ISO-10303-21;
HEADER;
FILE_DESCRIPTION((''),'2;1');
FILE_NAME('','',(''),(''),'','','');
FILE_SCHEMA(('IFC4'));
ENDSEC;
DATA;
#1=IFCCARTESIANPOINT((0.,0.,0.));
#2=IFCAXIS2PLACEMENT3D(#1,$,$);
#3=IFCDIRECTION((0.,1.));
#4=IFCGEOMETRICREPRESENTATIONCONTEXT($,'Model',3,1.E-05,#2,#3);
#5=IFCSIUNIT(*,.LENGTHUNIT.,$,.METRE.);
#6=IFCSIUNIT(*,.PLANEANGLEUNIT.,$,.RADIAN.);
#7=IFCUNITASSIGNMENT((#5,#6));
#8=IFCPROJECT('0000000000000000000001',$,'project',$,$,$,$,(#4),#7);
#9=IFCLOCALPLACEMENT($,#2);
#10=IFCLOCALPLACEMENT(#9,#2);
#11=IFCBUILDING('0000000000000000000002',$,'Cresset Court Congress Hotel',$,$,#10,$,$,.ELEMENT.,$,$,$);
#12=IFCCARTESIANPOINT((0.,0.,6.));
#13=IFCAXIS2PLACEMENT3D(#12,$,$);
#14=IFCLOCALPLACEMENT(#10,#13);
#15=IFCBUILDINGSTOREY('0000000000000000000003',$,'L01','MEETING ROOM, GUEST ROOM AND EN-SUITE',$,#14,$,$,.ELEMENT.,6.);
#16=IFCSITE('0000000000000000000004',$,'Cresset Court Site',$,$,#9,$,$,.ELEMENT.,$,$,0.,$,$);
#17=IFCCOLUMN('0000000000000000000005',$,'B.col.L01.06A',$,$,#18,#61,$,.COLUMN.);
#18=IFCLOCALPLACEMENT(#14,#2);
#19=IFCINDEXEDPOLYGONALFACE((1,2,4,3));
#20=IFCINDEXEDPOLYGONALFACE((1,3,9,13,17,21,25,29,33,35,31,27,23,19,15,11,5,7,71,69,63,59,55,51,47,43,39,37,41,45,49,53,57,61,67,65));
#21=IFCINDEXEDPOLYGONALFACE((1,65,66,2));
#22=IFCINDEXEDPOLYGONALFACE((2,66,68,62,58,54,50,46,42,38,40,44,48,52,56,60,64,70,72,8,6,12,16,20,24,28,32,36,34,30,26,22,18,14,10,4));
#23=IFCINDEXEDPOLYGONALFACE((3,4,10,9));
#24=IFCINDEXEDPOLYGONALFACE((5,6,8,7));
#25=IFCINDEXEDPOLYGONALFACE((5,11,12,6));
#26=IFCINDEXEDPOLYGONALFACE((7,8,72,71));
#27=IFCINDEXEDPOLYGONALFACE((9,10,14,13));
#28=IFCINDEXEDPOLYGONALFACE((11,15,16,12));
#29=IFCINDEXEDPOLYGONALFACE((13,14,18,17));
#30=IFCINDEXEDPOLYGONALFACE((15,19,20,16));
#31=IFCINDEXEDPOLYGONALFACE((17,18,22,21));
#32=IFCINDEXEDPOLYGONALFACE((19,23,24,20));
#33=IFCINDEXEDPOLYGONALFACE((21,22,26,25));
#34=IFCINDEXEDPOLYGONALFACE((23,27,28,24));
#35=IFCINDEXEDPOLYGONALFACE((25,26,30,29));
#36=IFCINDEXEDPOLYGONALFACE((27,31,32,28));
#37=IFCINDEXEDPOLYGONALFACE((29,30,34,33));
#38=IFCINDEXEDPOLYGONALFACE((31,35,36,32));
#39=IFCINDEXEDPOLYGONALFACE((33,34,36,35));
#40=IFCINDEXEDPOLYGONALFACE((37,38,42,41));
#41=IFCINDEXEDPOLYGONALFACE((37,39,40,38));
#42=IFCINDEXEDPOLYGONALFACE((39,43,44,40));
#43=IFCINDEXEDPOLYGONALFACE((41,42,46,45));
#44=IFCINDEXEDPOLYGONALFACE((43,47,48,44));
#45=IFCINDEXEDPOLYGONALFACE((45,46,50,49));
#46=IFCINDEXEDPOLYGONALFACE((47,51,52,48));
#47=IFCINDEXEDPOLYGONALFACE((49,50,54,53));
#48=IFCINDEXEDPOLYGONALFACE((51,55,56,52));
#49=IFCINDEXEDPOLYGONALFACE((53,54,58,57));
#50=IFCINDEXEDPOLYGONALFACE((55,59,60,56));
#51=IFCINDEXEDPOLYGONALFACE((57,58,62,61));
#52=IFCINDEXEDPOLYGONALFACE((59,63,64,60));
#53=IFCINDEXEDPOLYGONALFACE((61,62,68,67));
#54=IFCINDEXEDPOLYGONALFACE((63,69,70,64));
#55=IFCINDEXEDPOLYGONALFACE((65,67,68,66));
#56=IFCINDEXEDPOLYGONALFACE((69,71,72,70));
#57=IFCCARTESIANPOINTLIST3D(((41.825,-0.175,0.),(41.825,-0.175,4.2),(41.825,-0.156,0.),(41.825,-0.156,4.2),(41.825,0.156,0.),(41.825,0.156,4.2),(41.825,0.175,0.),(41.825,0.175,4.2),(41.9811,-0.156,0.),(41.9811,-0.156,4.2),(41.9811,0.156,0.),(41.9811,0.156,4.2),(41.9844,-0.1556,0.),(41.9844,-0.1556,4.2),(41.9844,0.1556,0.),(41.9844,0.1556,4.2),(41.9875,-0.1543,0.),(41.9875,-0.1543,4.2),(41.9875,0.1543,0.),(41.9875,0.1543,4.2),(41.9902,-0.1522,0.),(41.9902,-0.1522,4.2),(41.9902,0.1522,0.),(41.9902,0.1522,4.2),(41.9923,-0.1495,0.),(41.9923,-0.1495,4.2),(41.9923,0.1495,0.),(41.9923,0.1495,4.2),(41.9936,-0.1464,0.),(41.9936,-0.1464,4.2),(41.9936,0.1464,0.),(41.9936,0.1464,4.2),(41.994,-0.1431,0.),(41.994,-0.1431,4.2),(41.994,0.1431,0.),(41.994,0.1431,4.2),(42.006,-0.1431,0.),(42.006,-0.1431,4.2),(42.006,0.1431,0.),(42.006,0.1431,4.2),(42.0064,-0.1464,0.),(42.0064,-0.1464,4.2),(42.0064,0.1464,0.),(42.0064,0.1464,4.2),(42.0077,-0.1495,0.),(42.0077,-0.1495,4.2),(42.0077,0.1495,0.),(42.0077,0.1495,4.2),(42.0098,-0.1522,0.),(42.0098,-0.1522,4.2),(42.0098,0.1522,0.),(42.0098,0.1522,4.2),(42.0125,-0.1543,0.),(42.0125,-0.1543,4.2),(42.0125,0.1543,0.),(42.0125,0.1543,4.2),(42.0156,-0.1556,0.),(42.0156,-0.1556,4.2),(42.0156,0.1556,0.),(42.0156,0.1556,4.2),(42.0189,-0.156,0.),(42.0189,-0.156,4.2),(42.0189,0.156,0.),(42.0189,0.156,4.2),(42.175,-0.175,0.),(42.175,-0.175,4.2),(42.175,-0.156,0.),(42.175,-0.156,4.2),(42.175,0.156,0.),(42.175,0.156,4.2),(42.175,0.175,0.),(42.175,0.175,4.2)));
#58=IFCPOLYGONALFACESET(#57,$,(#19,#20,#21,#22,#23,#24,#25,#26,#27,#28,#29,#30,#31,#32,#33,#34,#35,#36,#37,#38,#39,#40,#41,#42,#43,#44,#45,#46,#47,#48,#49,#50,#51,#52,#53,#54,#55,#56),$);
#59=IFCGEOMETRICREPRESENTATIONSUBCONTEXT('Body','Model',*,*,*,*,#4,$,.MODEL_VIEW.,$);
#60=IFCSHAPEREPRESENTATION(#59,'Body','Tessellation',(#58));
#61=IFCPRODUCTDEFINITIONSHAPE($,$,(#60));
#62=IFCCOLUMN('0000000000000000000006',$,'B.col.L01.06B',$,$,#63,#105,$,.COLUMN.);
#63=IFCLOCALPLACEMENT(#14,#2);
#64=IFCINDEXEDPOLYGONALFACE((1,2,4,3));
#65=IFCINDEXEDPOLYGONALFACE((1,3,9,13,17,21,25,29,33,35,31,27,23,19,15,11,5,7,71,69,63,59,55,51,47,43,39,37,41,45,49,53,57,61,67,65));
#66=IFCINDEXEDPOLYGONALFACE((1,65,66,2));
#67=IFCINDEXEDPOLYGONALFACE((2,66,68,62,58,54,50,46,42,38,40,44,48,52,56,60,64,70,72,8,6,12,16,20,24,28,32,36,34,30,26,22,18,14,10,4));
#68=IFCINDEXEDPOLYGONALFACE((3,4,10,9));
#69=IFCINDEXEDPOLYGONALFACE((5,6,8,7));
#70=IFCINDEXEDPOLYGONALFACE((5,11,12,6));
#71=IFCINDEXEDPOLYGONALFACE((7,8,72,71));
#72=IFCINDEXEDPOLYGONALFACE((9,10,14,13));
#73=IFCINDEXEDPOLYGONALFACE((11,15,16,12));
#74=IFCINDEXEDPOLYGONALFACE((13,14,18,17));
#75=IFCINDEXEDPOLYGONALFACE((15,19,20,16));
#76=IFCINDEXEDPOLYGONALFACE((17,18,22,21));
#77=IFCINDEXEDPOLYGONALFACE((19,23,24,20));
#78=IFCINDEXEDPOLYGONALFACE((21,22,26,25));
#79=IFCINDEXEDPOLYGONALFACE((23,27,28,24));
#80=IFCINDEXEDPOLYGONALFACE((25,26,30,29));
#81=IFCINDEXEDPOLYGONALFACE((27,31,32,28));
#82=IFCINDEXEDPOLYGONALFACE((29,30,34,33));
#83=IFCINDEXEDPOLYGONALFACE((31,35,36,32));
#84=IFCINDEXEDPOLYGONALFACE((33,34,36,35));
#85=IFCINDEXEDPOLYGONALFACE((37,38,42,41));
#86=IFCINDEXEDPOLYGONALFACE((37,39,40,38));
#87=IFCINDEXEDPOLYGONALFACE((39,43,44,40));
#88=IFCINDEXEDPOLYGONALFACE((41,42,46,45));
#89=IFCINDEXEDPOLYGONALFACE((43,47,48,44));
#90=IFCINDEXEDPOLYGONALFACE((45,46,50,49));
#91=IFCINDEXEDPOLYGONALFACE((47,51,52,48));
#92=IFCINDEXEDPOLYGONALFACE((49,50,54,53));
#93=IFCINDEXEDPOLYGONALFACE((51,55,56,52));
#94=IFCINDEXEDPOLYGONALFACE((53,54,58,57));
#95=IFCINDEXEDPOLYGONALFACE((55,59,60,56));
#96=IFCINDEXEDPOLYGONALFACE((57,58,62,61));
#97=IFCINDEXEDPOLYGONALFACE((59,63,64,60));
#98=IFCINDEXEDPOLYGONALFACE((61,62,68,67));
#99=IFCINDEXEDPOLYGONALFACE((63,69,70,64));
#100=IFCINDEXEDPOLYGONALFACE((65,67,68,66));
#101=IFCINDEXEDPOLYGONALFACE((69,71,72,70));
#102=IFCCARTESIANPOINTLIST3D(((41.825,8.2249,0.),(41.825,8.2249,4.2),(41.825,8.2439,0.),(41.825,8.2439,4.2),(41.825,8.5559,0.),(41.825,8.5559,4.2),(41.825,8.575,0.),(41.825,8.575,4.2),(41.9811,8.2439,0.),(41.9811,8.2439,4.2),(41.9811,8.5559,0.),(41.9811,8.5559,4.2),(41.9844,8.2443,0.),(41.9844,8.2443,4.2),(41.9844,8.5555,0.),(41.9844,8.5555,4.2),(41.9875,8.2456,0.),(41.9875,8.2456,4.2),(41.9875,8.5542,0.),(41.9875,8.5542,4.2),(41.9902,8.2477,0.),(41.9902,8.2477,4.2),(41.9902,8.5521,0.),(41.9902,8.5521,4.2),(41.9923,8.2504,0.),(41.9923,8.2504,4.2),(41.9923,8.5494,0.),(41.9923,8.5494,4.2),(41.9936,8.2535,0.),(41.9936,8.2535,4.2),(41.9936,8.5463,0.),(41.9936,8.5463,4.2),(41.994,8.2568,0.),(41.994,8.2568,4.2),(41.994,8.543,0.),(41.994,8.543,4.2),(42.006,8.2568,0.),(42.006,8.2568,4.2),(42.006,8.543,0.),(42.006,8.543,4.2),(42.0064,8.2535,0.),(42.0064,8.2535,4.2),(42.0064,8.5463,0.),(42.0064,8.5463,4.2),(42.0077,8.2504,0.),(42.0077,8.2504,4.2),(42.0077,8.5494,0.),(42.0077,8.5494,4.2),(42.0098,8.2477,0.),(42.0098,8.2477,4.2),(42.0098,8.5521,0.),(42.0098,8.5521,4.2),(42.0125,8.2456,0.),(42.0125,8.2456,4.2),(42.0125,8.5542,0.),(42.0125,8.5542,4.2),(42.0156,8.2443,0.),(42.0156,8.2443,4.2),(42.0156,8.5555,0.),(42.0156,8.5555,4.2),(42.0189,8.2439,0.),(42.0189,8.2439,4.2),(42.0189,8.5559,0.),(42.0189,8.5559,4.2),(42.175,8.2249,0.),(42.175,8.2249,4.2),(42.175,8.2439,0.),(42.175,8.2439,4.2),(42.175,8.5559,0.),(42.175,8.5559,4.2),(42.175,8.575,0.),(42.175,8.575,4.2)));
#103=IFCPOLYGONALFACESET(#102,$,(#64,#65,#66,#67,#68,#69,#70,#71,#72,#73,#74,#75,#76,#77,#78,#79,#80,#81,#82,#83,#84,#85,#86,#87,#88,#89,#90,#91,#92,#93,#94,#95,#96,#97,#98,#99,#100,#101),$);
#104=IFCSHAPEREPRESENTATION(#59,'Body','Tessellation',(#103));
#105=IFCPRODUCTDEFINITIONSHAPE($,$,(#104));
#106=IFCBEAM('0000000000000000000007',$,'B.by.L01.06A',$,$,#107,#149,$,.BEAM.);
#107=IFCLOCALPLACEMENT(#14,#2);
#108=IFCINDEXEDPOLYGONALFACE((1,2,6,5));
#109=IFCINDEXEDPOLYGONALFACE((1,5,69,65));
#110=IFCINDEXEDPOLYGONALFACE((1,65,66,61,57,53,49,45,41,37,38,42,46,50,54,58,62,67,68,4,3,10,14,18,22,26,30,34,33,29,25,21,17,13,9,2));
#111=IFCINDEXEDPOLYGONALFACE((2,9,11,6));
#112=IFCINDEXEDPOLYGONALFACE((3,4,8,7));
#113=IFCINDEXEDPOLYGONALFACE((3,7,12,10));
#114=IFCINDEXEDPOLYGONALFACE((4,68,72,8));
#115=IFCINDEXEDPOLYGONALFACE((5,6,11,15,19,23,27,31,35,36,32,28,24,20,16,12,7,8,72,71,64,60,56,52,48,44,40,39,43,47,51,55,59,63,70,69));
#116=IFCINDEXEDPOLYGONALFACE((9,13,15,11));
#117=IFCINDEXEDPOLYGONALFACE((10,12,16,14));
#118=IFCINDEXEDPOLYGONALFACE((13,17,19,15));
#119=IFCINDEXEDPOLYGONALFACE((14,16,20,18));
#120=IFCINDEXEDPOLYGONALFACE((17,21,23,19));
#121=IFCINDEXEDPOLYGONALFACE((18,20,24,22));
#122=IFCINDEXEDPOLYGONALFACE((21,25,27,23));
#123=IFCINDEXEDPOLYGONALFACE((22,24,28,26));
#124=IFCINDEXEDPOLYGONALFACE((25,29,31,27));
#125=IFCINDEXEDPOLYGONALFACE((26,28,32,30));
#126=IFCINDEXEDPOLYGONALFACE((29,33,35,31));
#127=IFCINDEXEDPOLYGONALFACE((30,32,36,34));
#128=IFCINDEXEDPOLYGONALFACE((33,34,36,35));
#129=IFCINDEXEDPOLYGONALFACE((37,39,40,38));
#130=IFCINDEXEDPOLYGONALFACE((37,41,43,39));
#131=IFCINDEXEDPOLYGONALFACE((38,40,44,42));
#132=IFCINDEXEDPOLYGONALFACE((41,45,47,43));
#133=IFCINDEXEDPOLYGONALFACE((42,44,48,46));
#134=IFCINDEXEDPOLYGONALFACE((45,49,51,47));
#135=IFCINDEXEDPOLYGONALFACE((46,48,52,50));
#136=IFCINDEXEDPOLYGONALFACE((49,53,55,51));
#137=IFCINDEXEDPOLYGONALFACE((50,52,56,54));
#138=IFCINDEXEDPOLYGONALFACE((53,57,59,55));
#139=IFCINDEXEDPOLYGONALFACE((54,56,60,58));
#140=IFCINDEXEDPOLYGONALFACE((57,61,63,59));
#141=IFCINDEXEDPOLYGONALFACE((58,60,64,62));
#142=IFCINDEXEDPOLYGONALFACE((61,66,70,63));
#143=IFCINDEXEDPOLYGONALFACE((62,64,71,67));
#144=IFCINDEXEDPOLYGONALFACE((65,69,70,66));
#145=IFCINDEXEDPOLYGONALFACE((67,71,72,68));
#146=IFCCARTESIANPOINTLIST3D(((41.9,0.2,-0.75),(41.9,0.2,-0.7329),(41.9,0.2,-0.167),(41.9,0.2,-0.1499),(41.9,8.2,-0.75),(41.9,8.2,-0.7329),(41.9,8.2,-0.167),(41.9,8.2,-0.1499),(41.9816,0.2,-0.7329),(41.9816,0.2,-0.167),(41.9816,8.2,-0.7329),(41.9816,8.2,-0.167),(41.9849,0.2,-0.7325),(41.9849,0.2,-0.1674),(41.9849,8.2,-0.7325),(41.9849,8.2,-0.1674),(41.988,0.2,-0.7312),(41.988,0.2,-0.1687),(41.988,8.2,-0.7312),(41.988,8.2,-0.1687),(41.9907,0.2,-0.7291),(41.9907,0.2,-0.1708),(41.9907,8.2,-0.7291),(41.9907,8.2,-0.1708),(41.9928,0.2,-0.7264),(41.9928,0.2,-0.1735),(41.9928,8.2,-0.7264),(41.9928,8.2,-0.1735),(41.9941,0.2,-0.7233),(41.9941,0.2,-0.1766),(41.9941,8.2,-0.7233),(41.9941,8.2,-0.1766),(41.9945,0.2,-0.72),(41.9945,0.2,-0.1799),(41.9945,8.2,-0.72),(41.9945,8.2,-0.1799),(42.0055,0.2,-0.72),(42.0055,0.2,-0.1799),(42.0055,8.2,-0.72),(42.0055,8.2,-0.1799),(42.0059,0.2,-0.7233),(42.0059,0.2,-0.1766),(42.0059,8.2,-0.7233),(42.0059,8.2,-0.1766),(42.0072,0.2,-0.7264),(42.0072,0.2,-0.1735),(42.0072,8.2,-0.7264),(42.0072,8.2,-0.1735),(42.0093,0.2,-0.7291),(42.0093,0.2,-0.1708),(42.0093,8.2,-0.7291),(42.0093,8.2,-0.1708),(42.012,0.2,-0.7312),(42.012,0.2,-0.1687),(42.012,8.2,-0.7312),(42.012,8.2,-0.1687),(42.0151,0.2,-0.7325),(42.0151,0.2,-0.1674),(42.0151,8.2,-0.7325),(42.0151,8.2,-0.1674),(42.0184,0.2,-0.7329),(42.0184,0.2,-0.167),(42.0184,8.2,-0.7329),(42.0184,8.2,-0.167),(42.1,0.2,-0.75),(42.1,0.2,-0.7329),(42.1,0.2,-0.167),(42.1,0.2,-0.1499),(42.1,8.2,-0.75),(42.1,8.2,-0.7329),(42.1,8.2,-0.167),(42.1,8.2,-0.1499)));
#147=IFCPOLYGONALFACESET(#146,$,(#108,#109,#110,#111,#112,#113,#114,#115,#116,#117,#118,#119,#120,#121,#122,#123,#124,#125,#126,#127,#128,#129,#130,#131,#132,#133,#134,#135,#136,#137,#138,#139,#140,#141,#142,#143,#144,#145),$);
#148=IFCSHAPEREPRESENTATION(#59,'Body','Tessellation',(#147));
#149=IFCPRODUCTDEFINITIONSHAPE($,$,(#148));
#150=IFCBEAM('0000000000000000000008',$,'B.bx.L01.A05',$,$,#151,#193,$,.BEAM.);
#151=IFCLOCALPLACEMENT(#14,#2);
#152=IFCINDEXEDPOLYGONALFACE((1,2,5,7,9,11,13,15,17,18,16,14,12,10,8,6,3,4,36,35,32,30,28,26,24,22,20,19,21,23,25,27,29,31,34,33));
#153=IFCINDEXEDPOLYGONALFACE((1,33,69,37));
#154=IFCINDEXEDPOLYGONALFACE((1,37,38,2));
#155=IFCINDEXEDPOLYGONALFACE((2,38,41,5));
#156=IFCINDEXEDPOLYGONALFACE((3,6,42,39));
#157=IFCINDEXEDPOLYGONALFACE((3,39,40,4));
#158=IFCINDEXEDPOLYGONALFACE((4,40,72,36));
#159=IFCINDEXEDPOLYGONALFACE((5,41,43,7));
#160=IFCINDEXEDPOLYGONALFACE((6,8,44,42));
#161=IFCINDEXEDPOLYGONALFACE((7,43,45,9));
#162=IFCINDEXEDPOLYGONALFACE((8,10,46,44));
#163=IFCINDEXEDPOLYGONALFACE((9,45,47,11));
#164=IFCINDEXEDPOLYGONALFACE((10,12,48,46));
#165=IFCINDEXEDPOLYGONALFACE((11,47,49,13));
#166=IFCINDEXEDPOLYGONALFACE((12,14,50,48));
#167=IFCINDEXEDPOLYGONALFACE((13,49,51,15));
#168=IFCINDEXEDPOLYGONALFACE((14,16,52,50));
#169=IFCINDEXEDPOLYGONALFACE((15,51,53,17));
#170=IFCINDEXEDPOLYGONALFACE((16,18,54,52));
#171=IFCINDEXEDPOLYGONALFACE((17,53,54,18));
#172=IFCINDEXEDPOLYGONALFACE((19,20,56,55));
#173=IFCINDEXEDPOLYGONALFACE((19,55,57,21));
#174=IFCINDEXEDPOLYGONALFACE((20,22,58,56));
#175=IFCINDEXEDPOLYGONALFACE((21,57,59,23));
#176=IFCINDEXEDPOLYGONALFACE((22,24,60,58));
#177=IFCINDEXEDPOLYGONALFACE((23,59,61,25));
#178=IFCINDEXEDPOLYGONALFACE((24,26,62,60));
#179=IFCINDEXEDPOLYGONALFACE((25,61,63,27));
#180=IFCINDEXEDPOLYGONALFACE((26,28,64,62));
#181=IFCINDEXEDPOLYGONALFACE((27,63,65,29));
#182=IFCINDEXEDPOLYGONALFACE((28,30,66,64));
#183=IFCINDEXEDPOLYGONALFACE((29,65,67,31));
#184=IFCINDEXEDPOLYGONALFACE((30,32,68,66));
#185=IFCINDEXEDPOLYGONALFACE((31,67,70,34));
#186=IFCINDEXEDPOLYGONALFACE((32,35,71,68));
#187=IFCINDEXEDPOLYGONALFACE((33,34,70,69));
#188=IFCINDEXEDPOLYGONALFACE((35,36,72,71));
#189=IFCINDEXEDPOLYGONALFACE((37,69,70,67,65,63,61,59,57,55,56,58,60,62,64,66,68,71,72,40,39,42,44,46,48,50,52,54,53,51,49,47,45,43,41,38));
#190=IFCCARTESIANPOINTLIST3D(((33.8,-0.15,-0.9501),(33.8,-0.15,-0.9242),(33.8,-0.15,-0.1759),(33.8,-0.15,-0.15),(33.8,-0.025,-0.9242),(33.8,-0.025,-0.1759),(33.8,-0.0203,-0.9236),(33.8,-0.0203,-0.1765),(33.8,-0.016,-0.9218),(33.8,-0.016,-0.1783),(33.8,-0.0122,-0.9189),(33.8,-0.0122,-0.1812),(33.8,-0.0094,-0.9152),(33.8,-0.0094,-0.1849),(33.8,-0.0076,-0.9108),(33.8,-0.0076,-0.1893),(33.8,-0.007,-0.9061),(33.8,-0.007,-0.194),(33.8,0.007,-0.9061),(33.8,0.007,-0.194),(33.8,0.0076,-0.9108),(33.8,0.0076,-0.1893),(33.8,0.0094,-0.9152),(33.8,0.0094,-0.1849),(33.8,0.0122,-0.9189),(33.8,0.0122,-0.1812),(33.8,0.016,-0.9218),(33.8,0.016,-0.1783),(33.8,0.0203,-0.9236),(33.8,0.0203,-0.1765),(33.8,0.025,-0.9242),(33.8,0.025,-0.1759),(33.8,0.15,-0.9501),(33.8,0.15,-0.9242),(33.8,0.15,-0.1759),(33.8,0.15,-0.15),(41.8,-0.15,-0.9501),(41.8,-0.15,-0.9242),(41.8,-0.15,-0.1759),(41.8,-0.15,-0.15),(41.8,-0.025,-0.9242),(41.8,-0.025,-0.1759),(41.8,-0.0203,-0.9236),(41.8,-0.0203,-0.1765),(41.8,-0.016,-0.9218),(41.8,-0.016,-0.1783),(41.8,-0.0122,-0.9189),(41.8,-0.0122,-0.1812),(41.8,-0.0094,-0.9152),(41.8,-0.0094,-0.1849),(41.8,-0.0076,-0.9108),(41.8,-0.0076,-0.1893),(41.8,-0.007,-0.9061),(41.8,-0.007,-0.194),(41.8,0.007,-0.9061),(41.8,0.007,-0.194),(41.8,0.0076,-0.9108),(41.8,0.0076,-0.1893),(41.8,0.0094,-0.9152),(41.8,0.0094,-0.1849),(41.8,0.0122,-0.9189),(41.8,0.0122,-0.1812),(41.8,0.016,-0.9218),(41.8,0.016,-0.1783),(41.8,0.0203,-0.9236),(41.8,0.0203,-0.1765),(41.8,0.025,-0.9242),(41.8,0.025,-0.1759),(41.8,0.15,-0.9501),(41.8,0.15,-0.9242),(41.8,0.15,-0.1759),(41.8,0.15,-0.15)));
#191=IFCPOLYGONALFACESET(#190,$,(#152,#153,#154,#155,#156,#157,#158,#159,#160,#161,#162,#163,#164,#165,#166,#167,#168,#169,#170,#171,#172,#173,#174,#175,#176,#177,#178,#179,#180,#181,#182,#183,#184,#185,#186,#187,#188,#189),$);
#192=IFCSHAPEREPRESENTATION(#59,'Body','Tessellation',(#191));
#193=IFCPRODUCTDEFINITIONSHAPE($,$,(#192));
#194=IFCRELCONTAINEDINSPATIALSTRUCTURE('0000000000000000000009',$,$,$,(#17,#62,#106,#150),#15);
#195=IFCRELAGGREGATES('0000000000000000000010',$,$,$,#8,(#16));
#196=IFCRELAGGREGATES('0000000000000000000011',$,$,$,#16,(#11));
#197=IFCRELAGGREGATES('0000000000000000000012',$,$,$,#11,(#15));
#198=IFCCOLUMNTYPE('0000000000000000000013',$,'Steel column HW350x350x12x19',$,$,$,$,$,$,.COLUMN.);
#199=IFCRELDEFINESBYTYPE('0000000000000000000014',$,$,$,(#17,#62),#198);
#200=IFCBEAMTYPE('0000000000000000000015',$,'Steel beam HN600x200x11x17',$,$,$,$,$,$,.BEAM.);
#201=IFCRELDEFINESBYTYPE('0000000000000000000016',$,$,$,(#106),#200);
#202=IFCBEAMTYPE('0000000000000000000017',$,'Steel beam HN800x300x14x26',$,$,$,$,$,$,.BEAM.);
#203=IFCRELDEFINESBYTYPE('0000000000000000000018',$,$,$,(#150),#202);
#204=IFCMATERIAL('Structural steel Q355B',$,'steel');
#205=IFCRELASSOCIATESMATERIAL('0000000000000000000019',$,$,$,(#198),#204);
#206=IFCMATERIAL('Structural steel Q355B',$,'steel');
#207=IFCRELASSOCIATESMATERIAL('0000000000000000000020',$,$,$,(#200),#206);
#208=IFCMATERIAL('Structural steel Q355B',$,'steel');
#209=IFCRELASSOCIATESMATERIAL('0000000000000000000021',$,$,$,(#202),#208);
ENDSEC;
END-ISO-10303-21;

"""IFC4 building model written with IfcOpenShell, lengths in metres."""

from ifc_helpers import new_model, si_unit, direction, frame, origin, origin_2d, place, context, subcontext, project, spatial, i_section, extrude, material, material_profile, profile_set, type_object, element, save


model = new_model("IFC4")

# Units and contexts
model_context = context("Model", 3, precision=1e-05, world=origin(), true_north=direction((0.0, 1.0)))
body_context = subcontext(model_context, "Body", "Model", "MODEL_VIEW")
ifc_project = project(units=[si_unit("LENGTHUNIT", "METRE"), si_unit("PLANEANGLEUNIT", "RADIAN")], contexts=[model_context])

# Site, building, storey
site_placement = place(None, origin())
site = spatial("IfcSite", under=ifc_project, at=site_placement, Name="Cresset Court Site", CompositionType="ELEMENT", RefElevation=0.0)
building_placement = place(site_placement, origin())
building = spatial("IfcBuilding", under=site, at=building_placement, Name="Cresset Court Congress Hotel", CompositionType="ELEMENT")
storey_placement = place(building_placement, frame((0.0, 0.0, 6.0)))
storey = spatial("IfcBuildingStorey", under=building, at=storey_placement, Name="L01", Description="MEETING ROOM, GUEST ROOM AND EN-SUITE", CompositionType="ELEMENT", Elevation=6.0)

# Columns
ifc_material_1 = material(Name="Structural steel Q355B", Category="steel")
ifc_material_profile_1 = material_profile(ifc_material_1, i_section(OverallWidth=0.3501, OverallDepth=0.3501, WebThickness=0.012, FlangeThickness=0.019, FilletRadius=0.0129, at=origin_2d()), Name="HW350x350x12x19")
ifc_profile_set_1 = profile_set([ifc_material_profile_1], Name="Structural steel Q355B")
column_type = type_object("IfcColumnType", Name="Steel column HW350x350x12x19", PredefinedType="COLUMN", material=ifc_profile_set_1)
for number, where, z_axis, x_axis, name in (
    (1, (42.0, 0.0, 0.0), (0.0, 0.0, 1.0), (1.0, 0.0, 0.0), "B.col.L01.06A"),
    (2, (42.0, 8.3999, 0.0), (0.0, 0.0, 1.0), (1.0, 0.0, 0.0), "B.col.L01.06B"),
):
    element("IfcColumn", number, at=place(storey_placement, frame(where, z_axis=z_axis, x_axis=x_axis)), inside=storey, type_object=column_type, Name=name, PredefinedType="COLUMN", context=body_context, shape_type="SweptSolid", body=[
        extrude(i_section(OverallWidth=0.3501, OverallDepth=0.3501, WebThickness=0.012, FlangeThickness=0.019, FilletRadius=0.0129, at=origin_2d()), origin(), (0.0, 0.0, 1.0), 4.2),
    ])

# Beams
ifc_material_2 = material(Name="Structural steel Q355B", Category="steel")
ifc_material_profile_2 = material_profile(ifc_material_2, i_section(OverallWidth=0.2, OverallDepth=0.6001, WebThickness=0.011, FlangeThickness=0.0171, FilletRadius=0.0129, at=origin_2d()), Name="HN600x200x11x17")
ifc_profile_set_2 = profile_set([ifc_material_profile_2], Name="Structural steel Q355B")
beam_type_1 = type_object("IfcBeamType", Name="Steel beam HN600x200x11x17", PredefinedType="BEAM", material=ifc_profile_set_2)
beam_1_placement = place(storey_placement, frame((42.0, 0.2, -0.45), z_axis=(0.0, 1.0, 0.0), x_axis=(-1.0, 0.0, 0.0)))
element("IfcBeam", 3, at=beam_1_placement, inside=storey, type_object=beam_type_1, Name="B.by.L01.06A", PredefinedType="BEAM", context=body_context, shape_type="SweptSolid", body=[
    extrude(i_section(OverallWidth=0.2, OverallDepth=0.6001, WebThickness=0.011, FlangeThickness=0.0171, FilletRadius=0.0129, at=origin_2d()), origin(), (0.0, 0.0, 1.0), 8.0),
])
ifc_material_3 = material(Name="Structural steel Q355B", Category="steel")
ifc_material_profile_3 = material_profile(ifc_material_3, i_section(OverallWidth=0.3, OverallDepth=0.8, WebThickness=0.0139, FlangeThickness=0.0259, FilletRadius=0.0181, at=origin_2d()), Name="HN800x300x14x26")
ifc_profile_set_3 = profile_set([ifc_material_profile_3], Name="Structural steel Q355B")
beam_type_2 = type_object("IfcBeamType", Name="Steel beam HN800x300x14x26", PredefinedType="BEAM", material=ifc_profile_set_3)
for number, where, z_axis, x_axis, name in (
    (4, (33.8, 0.0, -0.55), (1.0, 0.0, 0.0), (0.0, 1.0, 0.0), "B.bx.L01.A05"),
):
    element("IfcBeam", number, at=place(storey_placement, frame(where, z_axis=z_axis, x_axis=x_axis)), inside=storey, type_object=beam_type_2, Name=name, PredefinedType="BEAM", context=body_context, shape_type="SweptSolid", body=[
        extrude(i_section(OverallWidth=0.3, OverallDepth=0.8, WebThickness=0.0139, FlangeThickness=0.0259, FilletRadius=0.0181, at=origin_2d()), origin(), (0.0, 0.0, 1.0), 8.0),
    ])

save(model, "model.ifc")
